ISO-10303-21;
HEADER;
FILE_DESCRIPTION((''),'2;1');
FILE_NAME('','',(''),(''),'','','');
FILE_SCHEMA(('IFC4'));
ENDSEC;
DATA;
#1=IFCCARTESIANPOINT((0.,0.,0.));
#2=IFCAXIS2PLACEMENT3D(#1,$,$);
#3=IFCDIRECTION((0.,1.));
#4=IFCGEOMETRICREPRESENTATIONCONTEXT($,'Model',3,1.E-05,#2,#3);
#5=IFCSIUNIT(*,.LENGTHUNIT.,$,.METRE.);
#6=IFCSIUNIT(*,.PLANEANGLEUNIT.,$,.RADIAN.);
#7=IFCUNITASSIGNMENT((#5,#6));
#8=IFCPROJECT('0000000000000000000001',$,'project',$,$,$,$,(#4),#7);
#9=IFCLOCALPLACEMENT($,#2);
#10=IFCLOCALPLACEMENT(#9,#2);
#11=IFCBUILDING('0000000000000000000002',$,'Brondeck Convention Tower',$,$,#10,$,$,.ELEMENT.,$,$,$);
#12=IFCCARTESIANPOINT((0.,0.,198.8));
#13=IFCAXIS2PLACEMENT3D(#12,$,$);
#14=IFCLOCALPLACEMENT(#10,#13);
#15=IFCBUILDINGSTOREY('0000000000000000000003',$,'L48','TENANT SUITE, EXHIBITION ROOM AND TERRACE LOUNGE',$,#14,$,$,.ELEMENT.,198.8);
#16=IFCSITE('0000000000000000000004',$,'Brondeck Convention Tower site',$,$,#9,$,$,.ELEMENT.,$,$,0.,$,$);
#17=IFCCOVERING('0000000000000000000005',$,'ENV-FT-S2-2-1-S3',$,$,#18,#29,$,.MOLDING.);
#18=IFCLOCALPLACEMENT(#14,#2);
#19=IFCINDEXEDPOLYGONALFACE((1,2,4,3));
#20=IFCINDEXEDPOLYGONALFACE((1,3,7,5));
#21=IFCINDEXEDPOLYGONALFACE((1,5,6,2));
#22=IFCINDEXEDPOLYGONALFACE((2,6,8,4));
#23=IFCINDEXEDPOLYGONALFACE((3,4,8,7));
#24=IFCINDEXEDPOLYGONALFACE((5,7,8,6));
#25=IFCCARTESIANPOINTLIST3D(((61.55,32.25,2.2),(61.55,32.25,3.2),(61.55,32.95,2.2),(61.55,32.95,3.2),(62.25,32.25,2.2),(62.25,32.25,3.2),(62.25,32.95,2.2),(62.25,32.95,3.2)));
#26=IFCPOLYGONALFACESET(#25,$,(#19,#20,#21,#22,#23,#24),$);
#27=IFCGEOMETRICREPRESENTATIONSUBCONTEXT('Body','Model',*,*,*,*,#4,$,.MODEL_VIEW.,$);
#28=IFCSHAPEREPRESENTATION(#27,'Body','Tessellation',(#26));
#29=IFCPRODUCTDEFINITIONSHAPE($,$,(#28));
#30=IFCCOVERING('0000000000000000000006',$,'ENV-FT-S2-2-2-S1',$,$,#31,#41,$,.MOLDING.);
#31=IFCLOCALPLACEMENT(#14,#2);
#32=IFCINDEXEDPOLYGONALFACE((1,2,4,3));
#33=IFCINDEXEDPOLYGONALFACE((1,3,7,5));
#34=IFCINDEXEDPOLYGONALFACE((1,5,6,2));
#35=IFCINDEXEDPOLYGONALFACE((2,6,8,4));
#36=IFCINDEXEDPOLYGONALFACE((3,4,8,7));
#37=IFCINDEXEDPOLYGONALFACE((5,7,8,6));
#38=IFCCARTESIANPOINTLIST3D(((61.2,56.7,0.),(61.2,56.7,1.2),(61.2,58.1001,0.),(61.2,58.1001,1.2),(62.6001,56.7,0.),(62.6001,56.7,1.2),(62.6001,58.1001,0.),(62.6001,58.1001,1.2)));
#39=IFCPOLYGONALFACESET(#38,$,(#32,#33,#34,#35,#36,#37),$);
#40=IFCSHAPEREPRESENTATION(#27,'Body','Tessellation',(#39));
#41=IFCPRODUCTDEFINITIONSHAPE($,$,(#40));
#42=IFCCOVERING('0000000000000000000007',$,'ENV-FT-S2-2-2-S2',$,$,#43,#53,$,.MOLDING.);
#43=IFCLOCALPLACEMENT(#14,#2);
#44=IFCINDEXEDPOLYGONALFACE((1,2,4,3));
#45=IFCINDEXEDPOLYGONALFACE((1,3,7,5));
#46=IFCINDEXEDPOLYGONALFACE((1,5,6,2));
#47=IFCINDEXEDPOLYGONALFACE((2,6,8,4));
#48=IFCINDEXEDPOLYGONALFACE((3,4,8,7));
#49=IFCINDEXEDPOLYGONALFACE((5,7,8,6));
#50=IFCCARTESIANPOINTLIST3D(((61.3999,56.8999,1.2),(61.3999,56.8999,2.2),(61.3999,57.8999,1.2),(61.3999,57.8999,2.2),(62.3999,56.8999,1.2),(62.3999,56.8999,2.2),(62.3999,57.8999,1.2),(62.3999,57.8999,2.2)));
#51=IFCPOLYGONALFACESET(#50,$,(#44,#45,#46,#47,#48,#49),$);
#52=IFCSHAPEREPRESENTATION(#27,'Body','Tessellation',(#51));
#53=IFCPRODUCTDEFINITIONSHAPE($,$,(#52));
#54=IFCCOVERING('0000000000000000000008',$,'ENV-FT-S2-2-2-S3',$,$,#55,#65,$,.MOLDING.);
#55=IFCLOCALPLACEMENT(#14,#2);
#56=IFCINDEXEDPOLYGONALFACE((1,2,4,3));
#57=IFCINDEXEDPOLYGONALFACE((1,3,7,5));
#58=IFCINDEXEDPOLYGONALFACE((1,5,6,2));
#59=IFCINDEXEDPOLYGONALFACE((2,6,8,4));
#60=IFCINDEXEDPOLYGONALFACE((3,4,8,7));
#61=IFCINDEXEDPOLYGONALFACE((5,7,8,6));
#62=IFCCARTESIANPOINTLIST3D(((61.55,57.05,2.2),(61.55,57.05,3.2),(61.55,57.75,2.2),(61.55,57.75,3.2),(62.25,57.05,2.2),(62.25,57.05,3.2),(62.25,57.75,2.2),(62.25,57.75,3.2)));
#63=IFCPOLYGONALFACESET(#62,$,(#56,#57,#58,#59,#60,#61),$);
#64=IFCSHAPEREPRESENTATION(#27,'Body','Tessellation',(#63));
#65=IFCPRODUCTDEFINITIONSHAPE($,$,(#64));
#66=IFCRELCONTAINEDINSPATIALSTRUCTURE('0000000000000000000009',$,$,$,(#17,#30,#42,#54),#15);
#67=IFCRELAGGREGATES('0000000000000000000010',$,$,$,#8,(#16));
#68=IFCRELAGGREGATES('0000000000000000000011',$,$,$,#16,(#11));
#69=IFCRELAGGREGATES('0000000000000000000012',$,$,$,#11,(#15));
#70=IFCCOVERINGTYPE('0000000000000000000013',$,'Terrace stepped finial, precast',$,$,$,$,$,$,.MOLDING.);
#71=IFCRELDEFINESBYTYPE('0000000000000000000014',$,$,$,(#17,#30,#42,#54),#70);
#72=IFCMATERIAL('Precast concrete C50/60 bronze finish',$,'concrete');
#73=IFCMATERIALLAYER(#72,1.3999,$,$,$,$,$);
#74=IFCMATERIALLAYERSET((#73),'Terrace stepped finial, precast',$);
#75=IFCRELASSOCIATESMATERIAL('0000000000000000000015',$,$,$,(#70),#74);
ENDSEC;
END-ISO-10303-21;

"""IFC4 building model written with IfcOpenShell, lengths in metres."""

from ifc_helpers import new_model, si_unit, direction, frame, origin, place, context, subcontext, project, spatial, polyline, outline, extrude, material, layer, layer_set, type_object, element, save


model = new_model("IFC4")

# Units and contexts
model_context = context("Model", 3, precision=1e-05, world=origin(), true_north=direction((0.0, 1.0)))
body_context = subcontext(model_context, "Body", "Model", "MODEL_VIEW")
ifc_project = project(units=[si_unit("LENGTHUNIT", "METRE"), si_unit("PLANEANGLEUNIT", "RADIAN")], contexts=[model_context])

# Site, building, storey
site_placement = place(None, origin())
site = spatial("IfcSite", under=ifc_project, at=site_placement, Name="Brondeck Convention Tower site", CompositionType="ELEMENT", RefElevation=0.0)
building_placement = place(site_placement, origin())
building = spatial("IfcBuilding", under=site, at=building_placement, Name="Brondeck Convention Tower", CompositionType="ELEMENT")
storey_placement = place(building_placement, frame((0.0, 0.0, 198.8)))
storey = spatial("IfcBuildingStorey", under=building, at=storey_placement, Name="L48", Description="TENANT SUITE, EXHIBITION ROOM AND TERRACE LOUNGE", CompositionType="ELEMENT", Elevation=198.8)

# Coverings
ifc_material_1 = material(Name="Precast concrete C50/60 bronze finish", Category="concrete")
ifc_layer_1 = layer(ifc_material_1, 1.3999)
ifc_layer_set_1 = layer_set([ifc_layer_1], Name="Terrace stepped finial, precast")
covering_type = type_object("IfcCoveringType", Name="Terrace stepped finial, precast", PredefinedType="MOLDING", material=ifc_layer_set_1)
covering_1_placement = place(storey_placement, frame((0.0, 0.0, 2.2)))
element("IfcCovering", 1, at=covering_1_placement, inside=storey, type_object=covering_type, Name="ENV-FT-S2-2-1-S3", PredefinedType="MOLDING", context=body_context, shape_type="SweptSolid", body=[
    extrude(outline(polyline([(62.25, 32.25), (62.25, 32.95), (61.55, 32.95), (61.55, 32.25), (62.25, 32.25)])), origin(), (0.0, 0.0, 1.0), 1.0),
])
covering_2_placement = place(storey_placement, origin())
element("IfcCovering", 2, at=covering_2_placement, inside=storey, type_object=covering_type, Name="ENV-FT-S2-2-2-S1", PredefinedType="MOLDING", context=body_context, shape_type="SweptSolid", body=[
    extrude(outline(polyline([(62.6001, 56.7), (62.6001, 58.1001), (61.2, 58.1001), (61.2, 56.7), (62.6001, 56.7)])), origin(), (0.0, 0.0, 1.0), 1.2),
])
covering_3_placement = place(storey_placement, frame((0.0, 0.0, 1.2)))
element("IfcCovering", 3, at=covering_3_placement, inside=storey, type_object=covering_type, Name="ENV-FT-S2-2-2-S2", PredefinedType="MOLDING", context=body_context, shape_type="SweptSolid", body=[
    extrude(outline(polyline([(62.3999, 56.8999), (62.3999, 57.8999), (61.3999, 57.8999), (61.3999, 56.8999), (62.3999, 56.8999)])), origin(), (0.0, 0.0, 1.0), 1.0),
])
covering_4_placement = place(storey_placement, frame((0.0, 0.0, 2.2)))
element("IfcCovering", 4, at=covering_4_placement, inside=storey, type_object=covering_type, Name="ENV-FT-S2-2-2-S3", PredefinedType="MOLDING", context=body_context, shape_type="SweptSolid", body=[
    extrude(outline(polyline([(62.25, 57.05), (62.25, 57.75), (61.55, 57.75), (61.55, 57.05), (62.25, 57.05)])), origin(), (0.0, 0.0, 1.0), 1.0),
])

save(model, "model.ifc")
